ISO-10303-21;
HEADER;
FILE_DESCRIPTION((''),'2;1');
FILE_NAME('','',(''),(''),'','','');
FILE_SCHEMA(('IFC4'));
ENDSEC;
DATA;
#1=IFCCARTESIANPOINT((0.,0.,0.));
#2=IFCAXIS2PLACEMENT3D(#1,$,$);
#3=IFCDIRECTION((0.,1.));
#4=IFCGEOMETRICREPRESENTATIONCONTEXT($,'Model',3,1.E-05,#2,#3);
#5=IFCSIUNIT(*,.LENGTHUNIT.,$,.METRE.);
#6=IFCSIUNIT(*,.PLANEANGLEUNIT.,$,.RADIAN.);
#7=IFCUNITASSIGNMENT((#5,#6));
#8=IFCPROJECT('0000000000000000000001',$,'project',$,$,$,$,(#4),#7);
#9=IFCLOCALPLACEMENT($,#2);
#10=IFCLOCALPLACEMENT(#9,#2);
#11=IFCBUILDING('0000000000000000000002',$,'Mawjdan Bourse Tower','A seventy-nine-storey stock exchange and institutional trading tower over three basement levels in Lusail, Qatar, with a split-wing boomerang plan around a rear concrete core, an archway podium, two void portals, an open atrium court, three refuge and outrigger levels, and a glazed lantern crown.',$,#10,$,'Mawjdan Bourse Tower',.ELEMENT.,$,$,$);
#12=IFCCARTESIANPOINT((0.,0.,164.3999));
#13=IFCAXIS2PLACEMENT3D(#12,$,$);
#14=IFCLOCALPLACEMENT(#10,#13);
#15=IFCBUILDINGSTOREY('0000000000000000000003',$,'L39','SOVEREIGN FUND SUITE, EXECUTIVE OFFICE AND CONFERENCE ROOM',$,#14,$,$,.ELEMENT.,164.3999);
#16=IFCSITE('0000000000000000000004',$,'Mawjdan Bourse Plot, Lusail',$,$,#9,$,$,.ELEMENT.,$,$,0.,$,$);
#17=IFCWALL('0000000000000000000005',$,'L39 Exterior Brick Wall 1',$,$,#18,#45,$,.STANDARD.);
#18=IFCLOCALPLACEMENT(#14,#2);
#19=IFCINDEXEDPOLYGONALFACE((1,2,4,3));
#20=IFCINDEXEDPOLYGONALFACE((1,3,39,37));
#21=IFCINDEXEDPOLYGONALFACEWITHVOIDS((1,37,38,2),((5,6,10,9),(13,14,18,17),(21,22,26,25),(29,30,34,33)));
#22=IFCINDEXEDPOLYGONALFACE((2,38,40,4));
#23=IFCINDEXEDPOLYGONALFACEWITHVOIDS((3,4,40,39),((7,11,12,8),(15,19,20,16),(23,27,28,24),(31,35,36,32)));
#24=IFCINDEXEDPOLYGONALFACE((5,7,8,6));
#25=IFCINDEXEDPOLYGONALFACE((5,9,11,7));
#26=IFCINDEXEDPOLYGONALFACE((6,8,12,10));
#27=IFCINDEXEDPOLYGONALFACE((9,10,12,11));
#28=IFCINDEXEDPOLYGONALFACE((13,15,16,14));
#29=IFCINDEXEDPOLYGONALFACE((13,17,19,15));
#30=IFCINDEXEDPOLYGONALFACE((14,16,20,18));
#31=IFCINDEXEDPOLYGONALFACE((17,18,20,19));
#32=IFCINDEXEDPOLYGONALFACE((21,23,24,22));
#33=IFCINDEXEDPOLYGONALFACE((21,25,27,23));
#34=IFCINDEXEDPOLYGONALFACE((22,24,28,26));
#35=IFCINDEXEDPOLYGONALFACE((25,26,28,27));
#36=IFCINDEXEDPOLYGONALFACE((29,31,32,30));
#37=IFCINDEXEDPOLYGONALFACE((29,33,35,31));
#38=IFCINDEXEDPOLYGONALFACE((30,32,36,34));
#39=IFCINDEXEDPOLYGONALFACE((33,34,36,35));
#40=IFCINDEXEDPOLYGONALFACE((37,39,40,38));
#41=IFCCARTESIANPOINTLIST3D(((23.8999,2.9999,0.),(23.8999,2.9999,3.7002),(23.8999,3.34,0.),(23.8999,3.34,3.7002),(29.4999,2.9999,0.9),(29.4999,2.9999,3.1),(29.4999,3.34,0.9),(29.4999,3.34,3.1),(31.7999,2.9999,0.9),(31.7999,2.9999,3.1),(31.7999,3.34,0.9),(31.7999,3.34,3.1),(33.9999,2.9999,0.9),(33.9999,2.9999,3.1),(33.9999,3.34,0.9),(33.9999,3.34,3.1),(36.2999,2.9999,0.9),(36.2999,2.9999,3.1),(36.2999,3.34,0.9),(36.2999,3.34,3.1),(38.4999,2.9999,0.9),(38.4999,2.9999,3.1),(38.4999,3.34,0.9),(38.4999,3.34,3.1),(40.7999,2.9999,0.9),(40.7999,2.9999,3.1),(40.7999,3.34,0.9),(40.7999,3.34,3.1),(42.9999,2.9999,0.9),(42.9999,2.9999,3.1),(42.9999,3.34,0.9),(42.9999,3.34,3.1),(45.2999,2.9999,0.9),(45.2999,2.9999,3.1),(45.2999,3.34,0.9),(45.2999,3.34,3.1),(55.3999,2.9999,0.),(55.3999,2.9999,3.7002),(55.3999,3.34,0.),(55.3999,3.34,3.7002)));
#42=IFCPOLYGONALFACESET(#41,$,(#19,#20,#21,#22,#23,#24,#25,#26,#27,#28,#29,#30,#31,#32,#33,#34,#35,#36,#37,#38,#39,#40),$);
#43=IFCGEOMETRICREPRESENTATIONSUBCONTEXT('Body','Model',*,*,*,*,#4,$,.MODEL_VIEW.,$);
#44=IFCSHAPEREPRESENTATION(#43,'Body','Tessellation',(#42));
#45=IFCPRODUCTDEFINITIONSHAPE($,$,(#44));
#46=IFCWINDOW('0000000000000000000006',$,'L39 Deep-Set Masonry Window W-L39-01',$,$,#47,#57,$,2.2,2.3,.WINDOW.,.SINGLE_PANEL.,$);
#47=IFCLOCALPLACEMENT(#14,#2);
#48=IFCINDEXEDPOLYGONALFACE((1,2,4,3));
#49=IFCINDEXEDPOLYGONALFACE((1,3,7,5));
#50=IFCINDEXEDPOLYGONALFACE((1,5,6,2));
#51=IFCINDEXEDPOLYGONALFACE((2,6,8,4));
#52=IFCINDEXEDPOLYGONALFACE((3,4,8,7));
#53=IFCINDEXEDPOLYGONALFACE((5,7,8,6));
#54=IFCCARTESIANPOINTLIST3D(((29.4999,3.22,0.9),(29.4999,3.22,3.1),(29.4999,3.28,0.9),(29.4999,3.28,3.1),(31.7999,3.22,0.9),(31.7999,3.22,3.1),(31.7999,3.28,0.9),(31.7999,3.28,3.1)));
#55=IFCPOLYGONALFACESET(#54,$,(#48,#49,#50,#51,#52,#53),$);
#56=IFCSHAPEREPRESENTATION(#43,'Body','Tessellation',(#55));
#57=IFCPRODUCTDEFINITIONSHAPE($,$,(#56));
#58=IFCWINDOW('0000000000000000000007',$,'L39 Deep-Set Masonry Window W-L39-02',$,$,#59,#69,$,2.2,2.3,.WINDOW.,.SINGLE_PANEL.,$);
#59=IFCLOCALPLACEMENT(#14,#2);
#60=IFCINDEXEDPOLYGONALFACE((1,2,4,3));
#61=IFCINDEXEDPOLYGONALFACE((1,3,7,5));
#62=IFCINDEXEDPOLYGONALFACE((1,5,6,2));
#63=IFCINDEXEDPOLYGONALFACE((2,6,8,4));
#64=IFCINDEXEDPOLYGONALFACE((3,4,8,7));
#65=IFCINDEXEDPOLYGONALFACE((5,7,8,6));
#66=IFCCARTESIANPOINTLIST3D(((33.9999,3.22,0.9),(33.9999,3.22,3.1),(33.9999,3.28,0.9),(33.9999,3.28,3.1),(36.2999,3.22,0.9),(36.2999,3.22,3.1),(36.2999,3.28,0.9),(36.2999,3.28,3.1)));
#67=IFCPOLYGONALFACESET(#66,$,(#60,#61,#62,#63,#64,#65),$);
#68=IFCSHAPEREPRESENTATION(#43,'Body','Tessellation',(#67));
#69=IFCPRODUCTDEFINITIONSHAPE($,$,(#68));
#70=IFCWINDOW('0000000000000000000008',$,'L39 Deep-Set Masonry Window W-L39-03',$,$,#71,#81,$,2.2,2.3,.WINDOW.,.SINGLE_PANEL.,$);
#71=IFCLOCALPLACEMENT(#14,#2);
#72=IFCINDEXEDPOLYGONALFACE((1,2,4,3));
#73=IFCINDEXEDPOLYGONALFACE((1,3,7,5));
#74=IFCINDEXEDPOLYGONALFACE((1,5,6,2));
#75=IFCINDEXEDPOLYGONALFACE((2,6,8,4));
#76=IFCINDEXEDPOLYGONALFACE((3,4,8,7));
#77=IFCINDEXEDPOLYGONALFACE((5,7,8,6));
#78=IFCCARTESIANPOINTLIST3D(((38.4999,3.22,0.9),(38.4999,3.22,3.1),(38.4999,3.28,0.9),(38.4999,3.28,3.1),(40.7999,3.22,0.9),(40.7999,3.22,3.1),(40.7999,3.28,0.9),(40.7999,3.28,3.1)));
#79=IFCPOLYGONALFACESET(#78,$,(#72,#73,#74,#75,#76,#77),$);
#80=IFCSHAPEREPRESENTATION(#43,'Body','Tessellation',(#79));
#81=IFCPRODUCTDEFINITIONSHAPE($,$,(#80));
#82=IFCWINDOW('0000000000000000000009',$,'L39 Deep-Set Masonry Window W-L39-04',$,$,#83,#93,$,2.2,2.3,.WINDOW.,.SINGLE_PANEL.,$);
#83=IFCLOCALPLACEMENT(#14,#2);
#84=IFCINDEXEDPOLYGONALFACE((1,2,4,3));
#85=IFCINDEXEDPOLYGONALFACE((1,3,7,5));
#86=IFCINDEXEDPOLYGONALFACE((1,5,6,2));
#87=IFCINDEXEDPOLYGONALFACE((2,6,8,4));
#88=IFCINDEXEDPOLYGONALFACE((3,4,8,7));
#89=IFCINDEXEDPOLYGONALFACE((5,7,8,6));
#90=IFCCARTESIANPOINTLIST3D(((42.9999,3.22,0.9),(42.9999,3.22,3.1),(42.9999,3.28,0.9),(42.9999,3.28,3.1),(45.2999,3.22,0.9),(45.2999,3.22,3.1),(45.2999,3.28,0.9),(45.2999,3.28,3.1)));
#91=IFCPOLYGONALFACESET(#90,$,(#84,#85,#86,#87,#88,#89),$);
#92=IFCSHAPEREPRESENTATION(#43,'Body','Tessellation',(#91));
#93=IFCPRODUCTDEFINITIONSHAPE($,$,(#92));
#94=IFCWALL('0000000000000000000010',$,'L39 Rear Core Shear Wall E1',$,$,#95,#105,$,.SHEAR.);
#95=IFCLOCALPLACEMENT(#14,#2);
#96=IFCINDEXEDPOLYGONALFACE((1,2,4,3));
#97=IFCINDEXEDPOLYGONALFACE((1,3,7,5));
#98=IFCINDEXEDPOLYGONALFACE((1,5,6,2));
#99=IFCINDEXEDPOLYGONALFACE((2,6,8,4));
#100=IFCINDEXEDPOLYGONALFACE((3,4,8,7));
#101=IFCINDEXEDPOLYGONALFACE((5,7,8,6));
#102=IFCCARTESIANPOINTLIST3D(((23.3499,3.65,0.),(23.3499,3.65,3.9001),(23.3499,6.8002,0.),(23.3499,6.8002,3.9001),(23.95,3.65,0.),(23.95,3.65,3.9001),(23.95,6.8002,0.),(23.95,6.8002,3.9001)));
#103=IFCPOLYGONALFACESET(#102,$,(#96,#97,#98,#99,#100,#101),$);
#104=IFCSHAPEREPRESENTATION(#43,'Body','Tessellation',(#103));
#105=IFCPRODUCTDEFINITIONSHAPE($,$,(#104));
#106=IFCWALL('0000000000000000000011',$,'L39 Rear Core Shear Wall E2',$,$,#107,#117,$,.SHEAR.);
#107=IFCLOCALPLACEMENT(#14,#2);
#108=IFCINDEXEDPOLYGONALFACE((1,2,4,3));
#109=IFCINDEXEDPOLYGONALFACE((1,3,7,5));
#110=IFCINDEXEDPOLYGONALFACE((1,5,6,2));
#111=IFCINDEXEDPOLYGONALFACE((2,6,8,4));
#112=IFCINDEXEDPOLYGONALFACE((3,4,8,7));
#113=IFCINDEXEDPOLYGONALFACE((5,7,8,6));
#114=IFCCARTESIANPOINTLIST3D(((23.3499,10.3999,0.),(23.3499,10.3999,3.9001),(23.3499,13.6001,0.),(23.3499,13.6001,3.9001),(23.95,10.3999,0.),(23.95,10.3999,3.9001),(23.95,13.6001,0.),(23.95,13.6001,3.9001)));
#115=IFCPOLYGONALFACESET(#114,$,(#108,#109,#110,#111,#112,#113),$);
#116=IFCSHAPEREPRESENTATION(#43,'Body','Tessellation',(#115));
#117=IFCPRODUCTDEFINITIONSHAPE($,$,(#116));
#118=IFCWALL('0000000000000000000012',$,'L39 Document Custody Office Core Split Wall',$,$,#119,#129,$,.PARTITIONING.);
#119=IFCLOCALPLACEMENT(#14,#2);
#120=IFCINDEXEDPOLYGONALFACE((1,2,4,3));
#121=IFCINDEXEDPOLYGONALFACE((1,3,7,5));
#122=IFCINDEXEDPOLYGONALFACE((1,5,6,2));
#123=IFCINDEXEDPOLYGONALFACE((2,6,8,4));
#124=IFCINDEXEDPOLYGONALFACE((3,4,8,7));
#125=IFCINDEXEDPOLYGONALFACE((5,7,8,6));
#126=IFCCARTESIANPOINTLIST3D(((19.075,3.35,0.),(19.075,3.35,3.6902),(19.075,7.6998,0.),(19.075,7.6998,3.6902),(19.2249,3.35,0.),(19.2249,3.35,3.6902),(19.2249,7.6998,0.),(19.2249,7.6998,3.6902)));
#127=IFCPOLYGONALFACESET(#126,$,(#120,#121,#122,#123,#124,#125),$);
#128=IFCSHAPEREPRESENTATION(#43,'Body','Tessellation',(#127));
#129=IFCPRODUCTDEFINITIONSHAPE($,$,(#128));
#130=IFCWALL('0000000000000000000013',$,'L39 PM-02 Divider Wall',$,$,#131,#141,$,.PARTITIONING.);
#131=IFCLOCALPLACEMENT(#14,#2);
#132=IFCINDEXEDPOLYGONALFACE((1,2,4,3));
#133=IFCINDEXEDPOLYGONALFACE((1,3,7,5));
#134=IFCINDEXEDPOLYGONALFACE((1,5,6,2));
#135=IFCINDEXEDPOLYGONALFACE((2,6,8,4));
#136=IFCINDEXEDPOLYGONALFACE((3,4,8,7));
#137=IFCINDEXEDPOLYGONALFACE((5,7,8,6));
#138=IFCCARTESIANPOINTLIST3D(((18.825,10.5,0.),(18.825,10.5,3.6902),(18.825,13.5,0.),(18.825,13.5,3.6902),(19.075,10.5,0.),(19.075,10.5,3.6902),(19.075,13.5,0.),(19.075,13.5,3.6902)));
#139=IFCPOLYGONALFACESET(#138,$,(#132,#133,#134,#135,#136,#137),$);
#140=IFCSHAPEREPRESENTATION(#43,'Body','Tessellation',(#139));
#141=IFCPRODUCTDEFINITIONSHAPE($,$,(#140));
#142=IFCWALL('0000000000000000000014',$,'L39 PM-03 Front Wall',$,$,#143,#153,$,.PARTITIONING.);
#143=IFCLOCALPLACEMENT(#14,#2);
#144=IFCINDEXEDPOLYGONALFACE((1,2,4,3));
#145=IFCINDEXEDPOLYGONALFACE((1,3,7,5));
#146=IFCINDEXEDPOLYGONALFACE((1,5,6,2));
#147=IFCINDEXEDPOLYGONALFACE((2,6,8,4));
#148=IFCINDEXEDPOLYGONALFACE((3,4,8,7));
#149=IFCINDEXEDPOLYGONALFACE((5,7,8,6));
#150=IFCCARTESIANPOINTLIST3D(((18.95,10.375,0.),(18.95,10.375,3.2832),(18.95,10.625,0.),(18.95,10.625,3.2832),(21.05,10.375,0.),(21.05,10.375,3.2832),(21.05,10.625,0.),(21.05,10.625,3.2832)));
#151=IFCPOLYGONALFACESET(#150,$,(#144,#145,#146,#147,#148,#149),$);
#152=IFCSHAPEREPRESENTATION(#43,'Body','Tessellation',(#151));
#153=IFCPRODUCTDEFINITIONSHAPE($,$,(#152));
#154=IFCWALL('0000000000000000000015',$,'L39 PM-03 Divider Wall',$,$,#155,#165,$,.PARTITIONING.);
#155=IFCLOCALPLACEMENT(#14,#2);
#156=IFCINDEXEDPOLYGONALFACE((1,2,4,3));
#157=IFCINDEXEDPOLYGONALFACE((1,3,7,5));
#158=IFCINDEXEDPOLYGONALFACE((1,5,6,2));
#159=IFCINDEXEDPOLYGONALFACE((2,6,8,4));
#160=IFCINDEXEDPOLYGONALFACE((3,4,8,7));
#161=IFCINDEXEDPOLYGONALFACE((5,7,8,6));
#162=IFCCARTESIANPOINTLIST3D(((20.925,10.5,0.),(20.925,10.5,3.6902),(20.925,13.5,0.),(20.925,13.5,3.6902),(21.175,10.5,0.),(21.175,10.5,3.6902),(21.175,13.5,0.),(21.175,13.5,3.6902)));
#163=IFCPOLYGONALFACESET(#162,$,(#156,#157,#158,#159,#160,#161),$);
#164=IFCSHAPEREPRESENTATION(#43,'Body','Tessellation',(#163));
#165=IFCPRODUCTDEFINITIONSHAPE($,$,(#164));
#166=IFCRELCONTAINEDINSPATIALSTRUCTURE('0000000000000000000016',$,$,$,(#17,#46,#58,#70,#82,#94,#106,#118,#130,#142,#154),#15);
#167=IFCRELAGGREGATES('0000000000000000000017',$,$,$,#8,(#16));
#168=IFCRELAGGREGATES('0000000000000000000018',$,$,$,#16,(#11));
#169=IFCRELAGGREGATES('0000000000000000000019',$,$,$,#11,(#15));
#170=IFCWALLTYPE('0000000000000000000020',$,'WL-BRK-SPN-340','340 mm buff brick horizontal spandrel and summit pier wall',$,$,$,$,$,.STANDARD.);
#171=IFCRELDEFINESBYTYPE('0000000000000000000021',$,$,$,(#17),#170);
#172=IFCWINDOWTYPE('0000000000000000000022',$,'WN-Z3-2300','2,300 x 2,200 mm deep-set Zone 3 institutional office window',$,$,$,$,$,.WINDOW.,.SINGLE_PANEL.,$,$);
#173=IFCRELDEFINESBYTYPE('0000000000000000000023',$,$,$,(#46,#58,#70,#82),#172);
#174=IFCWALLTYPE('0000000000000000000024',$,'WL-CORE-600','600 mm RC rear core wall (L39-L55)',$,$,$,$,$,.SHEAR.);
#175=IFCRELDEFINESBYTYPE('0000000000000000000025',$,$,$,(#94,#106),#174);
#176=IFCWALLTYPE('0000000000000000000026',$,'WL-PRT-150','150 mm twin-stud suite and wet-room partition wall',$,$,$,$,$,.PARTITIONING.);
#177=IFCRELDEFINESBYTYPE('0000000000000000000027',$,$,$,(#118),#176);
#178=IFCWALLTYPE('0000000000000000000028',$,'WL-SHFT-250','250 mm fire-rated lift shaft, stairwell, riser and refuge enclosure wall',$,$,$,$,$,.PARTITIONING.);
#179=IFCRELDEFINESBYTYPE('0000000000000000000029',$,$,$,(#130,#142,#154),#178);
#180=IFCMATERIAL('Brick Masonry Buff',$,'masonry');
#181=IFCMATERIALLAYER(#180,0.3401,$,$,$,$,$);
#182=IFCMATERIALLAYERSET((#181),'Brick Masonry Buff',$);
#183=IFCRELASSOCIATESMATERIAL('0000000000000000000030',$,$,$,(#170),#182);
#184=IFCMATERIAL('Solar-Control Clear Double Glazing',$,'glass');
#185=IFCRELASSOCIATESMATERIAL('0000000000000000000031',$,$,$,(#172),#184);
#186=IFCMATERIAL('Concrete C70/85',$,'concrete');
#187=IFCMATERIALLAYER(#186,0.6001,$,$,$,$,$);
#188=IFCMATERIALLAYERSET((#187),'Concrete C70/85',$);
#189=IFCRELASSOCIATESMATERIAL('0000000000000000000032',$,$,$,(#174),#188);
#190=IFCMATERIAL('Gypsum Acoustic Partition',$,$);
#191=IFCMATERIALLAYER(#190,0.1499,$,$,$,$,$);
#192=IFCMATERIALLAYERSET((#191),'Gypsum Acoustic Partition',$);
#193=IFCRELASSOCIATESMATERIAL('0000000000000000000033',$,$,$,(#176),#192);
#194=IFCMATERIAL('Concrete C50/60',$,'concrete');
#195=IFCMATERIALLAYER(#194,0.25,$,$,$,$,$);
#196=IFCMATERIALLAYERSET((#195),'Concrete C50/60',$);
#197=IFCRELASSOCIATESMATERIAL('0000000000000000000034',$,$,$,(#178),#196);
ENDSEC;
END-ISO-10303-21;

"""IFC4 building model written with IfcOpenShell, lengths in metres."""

from ifc_helpers import new_model, si_unit, direction, frame, frame_2d, origin, place, context, subcontext, project, spatial, rectangle, extrude, material, layer, layer_set, type_object, element, fill, save


model = new_model("IFC4")

# Units and contexts
model_context = context("Model", 3, precision=1e-05, world=origin(), true_north=direction((0.0, 1.0)))
body_context = subcontext(model_context, "Body", "Model", "MODEL_VIEW")
ifc_project = project(units=[si_unit("LENGTHUNIT", "METRE"), si_unit("PLANEANGLEUNIT", "RADIAN")], contexts=[model_context])

# Site, building, storey
site_placement = place(None, origin())
site = spatial("IfcSite", under=ifc_project, at=site_placement, Name="Mawjdan Bourse Plot, Lusail", CompositionType="ELEMENT", RefElevation=0.0)
building_placement = place(site_placement, origin())
building = spatial("IfcBuilding", under=site, at=building_placement, Name="Mawjdan Bourse Tower", Description="A seventy-nine-storey stock exchange and institutional trading tower over three basement levels in Lusail, Qatar, with a split-wing boomerang plan around a rear concrete core, an archway podium, two void portals, an open atrium court, three refuge and outrigger levels, and a glazed lantern crown.", LongName="Mawjdan Bourse Tower", CompositionType="ELEMENT")
storey_placement = place(building_placement, frame((0.0, 0.0, 164.3999)))
storey = spatial("IfcBuildingStorey", under=building, at=storey_placement, Name="L39", Description="SOVEREIGN FUND SUITE, EXECUTIVE OFFICE AND CONFERENCE ROOM", CompositionType="ELEMENT", Elevation=164.3999)

# Shared definitions
ifc_material_1 = material(Name="Concrete C70/85", Category="concrete")

# Wall, openings, windows
ifc_material_2 = material(Name="Brick Masonry Buff", Category="masonry")
ifc_layer_1 = layer(ifc_material_2, 0.3401)
ifc_layer_set_1 = layer_set([ifc_layer_1], Name="Brick Masonry Buff")
wall_type_1 = type_object("IfcWallType", Name="WL-BRK-SPN-340", Description="340 mm buff brick horizontal spandrel and summit pier wall", PredefinedType="STANDARD", material=ifc_layer_set_1)
wall_1_placement = place(storey_placement, frame((23.8999, 3.1699, 0.0), z_axis=(0.0, 0.0, 1.0), x_axis=(1.0, 0.0, 0.0)))
wall_1 = element("IfcWall", 1, at=wall_1_placement, inside=storey, type_object=wall_type_1, Name="L39 Exterior Brick Wall 1", PredefinedType="STANDARD", context=body_context, shape_type="SweptSolid", body=[
    extrude(rectangle(XDim=31.5, YDim=0.3401, at=frame_2d((15.75, 0.0))), origin(), (0.0, 0.0, 1.0), 3.7002),
])
opening_1_placement = place(wall_1_placement, frame((5.6001, 0.0, 0.8999)))
opening_1 = element("IfcOpeningElement", 2, at=opening_1_placement, cuts=wall_1, PredefinedType="OPENING", context=body_context, shape_type="SweptSolid", body=[
    extrude(rectangle(XDim=2.3, YDim=2.2, at=frame_2d((1.1499, 1.1001))), frame((0.0, 0.1802, 0.0), z_axis=(0.0, -1.0, 0.0), x_axis=(1.0, 0.0, 0.0)), (0.0, 0.0, 1.0), 0.3601),
])
opening_2_placement = place(wall_1_placement, frame((10.1001, 0.0, 0.8999)))
opening_2 = element("IfcOpeningElement", 3, at=opening_2_placement, cuts=wall_1, PredefinedType="OPENING", context=body_context, shape_type="SweptSolid", body=[
    extrude(rectangle(XDim=2.3, YDim=2.2, at=frame_2d((1.1499, 1.1001))), frame((0.0, 0.1802, 0.0), z_axis=(0.0, -1.0, 0.0), x_axis=(1.0, 0.0, 0.0)), (0.0, 0.0, 1.0), 0.3601),
])
opening_3_placement = place(wall_1_placement, frame((14.6001, 0.0, 0.8999)))
opening_3 = element("IfcOpeningElement", 4, at=opening_3_placement, cuts=wall_1, PredefinedType="OPENING", context=body_context, shape_type="SweptSolid", body=[
    extrude(rectangle(XDim=2.3, YDim=2.2, at=frame_2d((1.1499, 1.1001))), frame((0.0, 0.1802, 0.0), z_axis=(0.0, -1.0, 0.0), x_axis=(1.0, 0.0, 0.0)), (0.0, 0.0, 1.0), 0.3601),
])
opening_4_placement = place(wall_1_placement, frame((19.1001, 0.0, 0.8999)))
opening_4 = element("IfcOpeningElement", 5, at=opening_4_placement, cuts=wall_1, PredefinedType="OPENING", context=body_context, shape_type="SweptSolid", body=[
    extrude(rectangle(XDim=2.3, YDim=2.2, at=frame_2d((1.1499, 1.1001))), frame((0.0, 0.1802, 0.0), z_axis=(0.0, -1.0, 0.0), x_axis=(1.0, 0.0, 0.0)), (0.0, 0.0, 1.0), 0.3601),
])
ifc_material_3 = material(Name="Solar-Control Clear Double Glazing", Category="glass")
window_type = type_object("IfcWindowType", Name="WN-Z3-2300", Description="2,300 x 2,200 mm deep-set Zone 3 institutional office window", PartitioningType="SINGLE_PANEL", PredefinedType="WINDOW", material=ifc_material_3)
window_1_placement = place(opening_1_placement, origin())
window_1 = element("IfcWindow", 6, at=window_1_placement, inside=storey, type_object=window_type, Name="L39 Deep-Set Masonry Window W-L39-01", OverallHeight=2.2, OverallWidth=2.3, PartitioningType="SINGLE_PANEL", PredefinedType="WINDOW", context=body_context, shape_type="SweptSolid", body=[
    extrude(rectangle(XDim=2.3, YDim=2.2, at=frame_2d((1.1499, 1.1001))), frame((0.0, 0.1101, 0.0), z_axis=(0.0, -1.0, 0.0), x_axis=(1.0, 0.0, 0.0)), (0.0, 0.0, 1.0), 0.0601),
])
fill(opening_1, window_1)
window_2_placement = place(opening_2_placement, origin())
window_2 = element("IfcWindow", 7, at=window_2_placement, inside=storey, type_object=window_type, Name="L39 Deep-Set Masonry Window W-L39-02", OverallHeight=2.2, OverallWidth=2.3, PartitioningType="SINGLE_PANEL", PredefinedType="WINDOW", context=body_context, shape_type="SweptSolid", body=[
    extrude(rectangle(XDim=2.3, YDim=2.2, at=frame_2d((1.1499, 1.1001))), frame((0.0, 0.1101, 0.0), z_axis=(0.0, -1.0, 0.0), x_axis=(1.0, 0.0, 0.0)), (0.0, 0.0, 1.0), 0.0601),
])
fill(opening_2, window_2)
window_3_placement = place(opening_3_placement, origin())
window_3 = element("IfcWindow", 8, at=window_3_placement, inside=storey, type_object=window_type, Name="L39 Deep-Set Masonry Window W-L39-03", OverallHeight=2.2, OverallWidth=2.3, PartitioningType="SINGLE_PANEL", PredefinedType="WINDOW", context=body_context, shape_type="SweptSolid", body=[
    extrude(rectangle(XDim=2.3, YDim=2.2, at=frame_2d((1.1499, 1.1001))), frame((0.0, 0.1101, 0.0), z_axis=(0.0, -1.0, 0.0), x_axis=(1.0, 0.0, 0.0)), (0.0, 0.0, 1.0), 0.0601),
])
fill(opening_3, window_3)
window_4_placement = place(opening_4_placement, origin())
window_4 = element("IfcWindow", 9, at=window_4_placement, inside=storey, type_object=window_type, Name="L39 Deep-Set Masonry Window W-L39-04", OverallHeight=2.2, OverallWidth=2.3, PartitioningType="SINGLE_PANEL", PredefinedType="WINDOW", context=body_context, shape_type="SweptSolid", body=[
    extrude(rectangle(XDim=2.3, YDim=2.2, at=frame_2d((1.1499, 1.1001))), frame((0.0, 0.1101, 0.0), z_axis=(0.0, -1.0, 0.0), x_axis=(1.0, 0.0, 0.0)), (0.0, 0.0, 1.0), 0.0601),
])
fill(opening_4, window_4)

# Walls
ifc_layer_2 = layer(ifc_material_1, 0.6001)
ifc_layer_set_2 = layer_set([ifc_layer_2], Name="Concrete C70/85")
wall_type_2 = type_object("IfcWallType", Name="WL-CORE-600", Description="600 mm RC rear core wall (L39-L55)", PredefinedType="SHEAR", material=ifc_layer_set_2)
wall_2_placement = place(storey_placement, frame((23.6499, 3.6499, 0.0), z_axis=(0.0, 0.0, 1.0), x_axis=(0.0, 1.0, 0.0)))
element("IfcWall", 10, at=wall_2_placement, inside=storey, type_object=wall_type_2, Name="L39 Rear Core Shear Wall E1", PredefinedType="SHEAR", context=body_context, shape_type="SweptSolid", body=[
    extrude(rectangle(XDim=3.1501, YDim=0.6001, at=frame_2d((1.5752, 0.0))), origin(), (0.0, 0.0, 1.0), 3.9001),
])
wall_3_placement = place(storey_placement, frame((23.6499, 10.3999, 0.0), z_axis=(0.0, 0.0, 1.0), x_axis=(0.0, 1.0, 0.0)))
element("IfcWall", 11, at=wall_3_placement, inside=storey, type_object=wall_type_2, Name="L39 Rear Core Shear Wall E2", PredefinedType="SHEAR", context=body_context, shape_type="SweptSolid", body=[
    extrude(rectangle(XDim=3.2002, YDim=0.6001, at=frame_2d((1.6001, 0.0))), origin(), (0.0, 0.0, 1.0), 3.9001),
])
ifc_material_4 = material(Name="Gypsum Acoustic Partition")
ifc_layer_3 = layer(ifc_material_4, 0.1499)
ifc_layer_set_3 = layer_set([ifc_layer_3], Name="Gypsum Acoustic Partition")
wall_type_3 = type_object("IfcWallType", Name="WL-PRT-150", Description="150 mm twin-stud suite and wet-room partition wall", PredefinedType="PARTITIONING", material=ifc_layer_set_3)
wall_4_placement = place(storey_placement, frame((19.1499, 3.3501, 0.0), z_axis=(0.0, 0.0, 1.0), x_axis=(0.0, 1.0, 0.0)))
element("IfcWall", 12, at=wall_4_placement, inside=storey, type_object=wall_type_3, Name="L39 Document Custody Office Core Split Wall", PredefinedType="PARTITIONING", context=body_context, shape_type="SweptSolid", body=[
    extrude(rectangle(XDim=4.3499, YDim=0.1499, at=frame_2d((2.1748, 0.0))), origin(), (0.0, 0.0, 1.0), 3.6902),
])
ifc_material_5 = material(Name="Concrete C50/60", Category="concrete")
ifc_layer_4 = layer(ifc_material_5, 0.25)
ifc_layer_set_4 = layer_set([ifc_layer_4], Name="Concrete C50/60")
wall_type_4 = type_object("IfcWallType", Name="WL-SHFT-250", Description="250 mm fire-rated lift shaft, stairwell, riser and refuge enclosure wall", PredefinedType="PARTITIONING", material=ifc_layer_set_4)
wall_5_placement = place(storey_placement, frame((18.95, 10.5, 0.0), z_axis=(0.0, 0.0, 1.0), x_axis=(0.0, 1.0, 0.0)))
element("IfcWall", 13, at=wall_5_placement, inside=storey, type_object=wall_type_4, Name="L39 PM-02 Divider Wall", PredefinedType="PARTITIONING", context=body_context, shape_type="SweptSolid", body=[
    extrude(rectangle(XDim=3.0, YDim=0.25, at=frame_2d((1.5, 0.0))), origin(), (0.0, 0.0, 1.0), 3.6902),
])
wall_6_placement = place(storey_placement, frame((18.95, 10.5, 0.0), z_axis=(0.0, 0.0, 1.0), x_axis=(1.0, 0.0, 0.0)))
element("IfcWall", 14, at=wall_6_placement, inside=storey, type_object=wall_type_4, Name="L39 PM-03 Front Wall", PredefinedType="PARTITIONING", context=body_context, shape_type="SweptSolid", body=[
    extrude(rectangle(XDim=2.1001, YDim=0.25, at=frame_2d((1.05, 0.0))), origin(), (0.0, 0.0, 1.0), 3.2832),
])
wall_7_placement = place(storey_placement, frame((21.05, 10.5, 0.0), z_axis=(0.0, 0.0, 1.0), x_axis=(0.0, 1.0, 0.0)))
element("IfcWall", 15, at=wall_7_placement, inside=storey, type_object=wall_type_4, Name="L39 PM-03 Divider Wall", PredefinedType="PARTITIONING", context=body_context, shape_type="SweptSolid", body=[
    extrude(rectangle(XDim=3.0, YDim=0.25, at=frame_2d((1.5, 0.0))), origin(), (0.0, 0.0, 1.0), 3.6902),
])

save(model, "model.ifc")
